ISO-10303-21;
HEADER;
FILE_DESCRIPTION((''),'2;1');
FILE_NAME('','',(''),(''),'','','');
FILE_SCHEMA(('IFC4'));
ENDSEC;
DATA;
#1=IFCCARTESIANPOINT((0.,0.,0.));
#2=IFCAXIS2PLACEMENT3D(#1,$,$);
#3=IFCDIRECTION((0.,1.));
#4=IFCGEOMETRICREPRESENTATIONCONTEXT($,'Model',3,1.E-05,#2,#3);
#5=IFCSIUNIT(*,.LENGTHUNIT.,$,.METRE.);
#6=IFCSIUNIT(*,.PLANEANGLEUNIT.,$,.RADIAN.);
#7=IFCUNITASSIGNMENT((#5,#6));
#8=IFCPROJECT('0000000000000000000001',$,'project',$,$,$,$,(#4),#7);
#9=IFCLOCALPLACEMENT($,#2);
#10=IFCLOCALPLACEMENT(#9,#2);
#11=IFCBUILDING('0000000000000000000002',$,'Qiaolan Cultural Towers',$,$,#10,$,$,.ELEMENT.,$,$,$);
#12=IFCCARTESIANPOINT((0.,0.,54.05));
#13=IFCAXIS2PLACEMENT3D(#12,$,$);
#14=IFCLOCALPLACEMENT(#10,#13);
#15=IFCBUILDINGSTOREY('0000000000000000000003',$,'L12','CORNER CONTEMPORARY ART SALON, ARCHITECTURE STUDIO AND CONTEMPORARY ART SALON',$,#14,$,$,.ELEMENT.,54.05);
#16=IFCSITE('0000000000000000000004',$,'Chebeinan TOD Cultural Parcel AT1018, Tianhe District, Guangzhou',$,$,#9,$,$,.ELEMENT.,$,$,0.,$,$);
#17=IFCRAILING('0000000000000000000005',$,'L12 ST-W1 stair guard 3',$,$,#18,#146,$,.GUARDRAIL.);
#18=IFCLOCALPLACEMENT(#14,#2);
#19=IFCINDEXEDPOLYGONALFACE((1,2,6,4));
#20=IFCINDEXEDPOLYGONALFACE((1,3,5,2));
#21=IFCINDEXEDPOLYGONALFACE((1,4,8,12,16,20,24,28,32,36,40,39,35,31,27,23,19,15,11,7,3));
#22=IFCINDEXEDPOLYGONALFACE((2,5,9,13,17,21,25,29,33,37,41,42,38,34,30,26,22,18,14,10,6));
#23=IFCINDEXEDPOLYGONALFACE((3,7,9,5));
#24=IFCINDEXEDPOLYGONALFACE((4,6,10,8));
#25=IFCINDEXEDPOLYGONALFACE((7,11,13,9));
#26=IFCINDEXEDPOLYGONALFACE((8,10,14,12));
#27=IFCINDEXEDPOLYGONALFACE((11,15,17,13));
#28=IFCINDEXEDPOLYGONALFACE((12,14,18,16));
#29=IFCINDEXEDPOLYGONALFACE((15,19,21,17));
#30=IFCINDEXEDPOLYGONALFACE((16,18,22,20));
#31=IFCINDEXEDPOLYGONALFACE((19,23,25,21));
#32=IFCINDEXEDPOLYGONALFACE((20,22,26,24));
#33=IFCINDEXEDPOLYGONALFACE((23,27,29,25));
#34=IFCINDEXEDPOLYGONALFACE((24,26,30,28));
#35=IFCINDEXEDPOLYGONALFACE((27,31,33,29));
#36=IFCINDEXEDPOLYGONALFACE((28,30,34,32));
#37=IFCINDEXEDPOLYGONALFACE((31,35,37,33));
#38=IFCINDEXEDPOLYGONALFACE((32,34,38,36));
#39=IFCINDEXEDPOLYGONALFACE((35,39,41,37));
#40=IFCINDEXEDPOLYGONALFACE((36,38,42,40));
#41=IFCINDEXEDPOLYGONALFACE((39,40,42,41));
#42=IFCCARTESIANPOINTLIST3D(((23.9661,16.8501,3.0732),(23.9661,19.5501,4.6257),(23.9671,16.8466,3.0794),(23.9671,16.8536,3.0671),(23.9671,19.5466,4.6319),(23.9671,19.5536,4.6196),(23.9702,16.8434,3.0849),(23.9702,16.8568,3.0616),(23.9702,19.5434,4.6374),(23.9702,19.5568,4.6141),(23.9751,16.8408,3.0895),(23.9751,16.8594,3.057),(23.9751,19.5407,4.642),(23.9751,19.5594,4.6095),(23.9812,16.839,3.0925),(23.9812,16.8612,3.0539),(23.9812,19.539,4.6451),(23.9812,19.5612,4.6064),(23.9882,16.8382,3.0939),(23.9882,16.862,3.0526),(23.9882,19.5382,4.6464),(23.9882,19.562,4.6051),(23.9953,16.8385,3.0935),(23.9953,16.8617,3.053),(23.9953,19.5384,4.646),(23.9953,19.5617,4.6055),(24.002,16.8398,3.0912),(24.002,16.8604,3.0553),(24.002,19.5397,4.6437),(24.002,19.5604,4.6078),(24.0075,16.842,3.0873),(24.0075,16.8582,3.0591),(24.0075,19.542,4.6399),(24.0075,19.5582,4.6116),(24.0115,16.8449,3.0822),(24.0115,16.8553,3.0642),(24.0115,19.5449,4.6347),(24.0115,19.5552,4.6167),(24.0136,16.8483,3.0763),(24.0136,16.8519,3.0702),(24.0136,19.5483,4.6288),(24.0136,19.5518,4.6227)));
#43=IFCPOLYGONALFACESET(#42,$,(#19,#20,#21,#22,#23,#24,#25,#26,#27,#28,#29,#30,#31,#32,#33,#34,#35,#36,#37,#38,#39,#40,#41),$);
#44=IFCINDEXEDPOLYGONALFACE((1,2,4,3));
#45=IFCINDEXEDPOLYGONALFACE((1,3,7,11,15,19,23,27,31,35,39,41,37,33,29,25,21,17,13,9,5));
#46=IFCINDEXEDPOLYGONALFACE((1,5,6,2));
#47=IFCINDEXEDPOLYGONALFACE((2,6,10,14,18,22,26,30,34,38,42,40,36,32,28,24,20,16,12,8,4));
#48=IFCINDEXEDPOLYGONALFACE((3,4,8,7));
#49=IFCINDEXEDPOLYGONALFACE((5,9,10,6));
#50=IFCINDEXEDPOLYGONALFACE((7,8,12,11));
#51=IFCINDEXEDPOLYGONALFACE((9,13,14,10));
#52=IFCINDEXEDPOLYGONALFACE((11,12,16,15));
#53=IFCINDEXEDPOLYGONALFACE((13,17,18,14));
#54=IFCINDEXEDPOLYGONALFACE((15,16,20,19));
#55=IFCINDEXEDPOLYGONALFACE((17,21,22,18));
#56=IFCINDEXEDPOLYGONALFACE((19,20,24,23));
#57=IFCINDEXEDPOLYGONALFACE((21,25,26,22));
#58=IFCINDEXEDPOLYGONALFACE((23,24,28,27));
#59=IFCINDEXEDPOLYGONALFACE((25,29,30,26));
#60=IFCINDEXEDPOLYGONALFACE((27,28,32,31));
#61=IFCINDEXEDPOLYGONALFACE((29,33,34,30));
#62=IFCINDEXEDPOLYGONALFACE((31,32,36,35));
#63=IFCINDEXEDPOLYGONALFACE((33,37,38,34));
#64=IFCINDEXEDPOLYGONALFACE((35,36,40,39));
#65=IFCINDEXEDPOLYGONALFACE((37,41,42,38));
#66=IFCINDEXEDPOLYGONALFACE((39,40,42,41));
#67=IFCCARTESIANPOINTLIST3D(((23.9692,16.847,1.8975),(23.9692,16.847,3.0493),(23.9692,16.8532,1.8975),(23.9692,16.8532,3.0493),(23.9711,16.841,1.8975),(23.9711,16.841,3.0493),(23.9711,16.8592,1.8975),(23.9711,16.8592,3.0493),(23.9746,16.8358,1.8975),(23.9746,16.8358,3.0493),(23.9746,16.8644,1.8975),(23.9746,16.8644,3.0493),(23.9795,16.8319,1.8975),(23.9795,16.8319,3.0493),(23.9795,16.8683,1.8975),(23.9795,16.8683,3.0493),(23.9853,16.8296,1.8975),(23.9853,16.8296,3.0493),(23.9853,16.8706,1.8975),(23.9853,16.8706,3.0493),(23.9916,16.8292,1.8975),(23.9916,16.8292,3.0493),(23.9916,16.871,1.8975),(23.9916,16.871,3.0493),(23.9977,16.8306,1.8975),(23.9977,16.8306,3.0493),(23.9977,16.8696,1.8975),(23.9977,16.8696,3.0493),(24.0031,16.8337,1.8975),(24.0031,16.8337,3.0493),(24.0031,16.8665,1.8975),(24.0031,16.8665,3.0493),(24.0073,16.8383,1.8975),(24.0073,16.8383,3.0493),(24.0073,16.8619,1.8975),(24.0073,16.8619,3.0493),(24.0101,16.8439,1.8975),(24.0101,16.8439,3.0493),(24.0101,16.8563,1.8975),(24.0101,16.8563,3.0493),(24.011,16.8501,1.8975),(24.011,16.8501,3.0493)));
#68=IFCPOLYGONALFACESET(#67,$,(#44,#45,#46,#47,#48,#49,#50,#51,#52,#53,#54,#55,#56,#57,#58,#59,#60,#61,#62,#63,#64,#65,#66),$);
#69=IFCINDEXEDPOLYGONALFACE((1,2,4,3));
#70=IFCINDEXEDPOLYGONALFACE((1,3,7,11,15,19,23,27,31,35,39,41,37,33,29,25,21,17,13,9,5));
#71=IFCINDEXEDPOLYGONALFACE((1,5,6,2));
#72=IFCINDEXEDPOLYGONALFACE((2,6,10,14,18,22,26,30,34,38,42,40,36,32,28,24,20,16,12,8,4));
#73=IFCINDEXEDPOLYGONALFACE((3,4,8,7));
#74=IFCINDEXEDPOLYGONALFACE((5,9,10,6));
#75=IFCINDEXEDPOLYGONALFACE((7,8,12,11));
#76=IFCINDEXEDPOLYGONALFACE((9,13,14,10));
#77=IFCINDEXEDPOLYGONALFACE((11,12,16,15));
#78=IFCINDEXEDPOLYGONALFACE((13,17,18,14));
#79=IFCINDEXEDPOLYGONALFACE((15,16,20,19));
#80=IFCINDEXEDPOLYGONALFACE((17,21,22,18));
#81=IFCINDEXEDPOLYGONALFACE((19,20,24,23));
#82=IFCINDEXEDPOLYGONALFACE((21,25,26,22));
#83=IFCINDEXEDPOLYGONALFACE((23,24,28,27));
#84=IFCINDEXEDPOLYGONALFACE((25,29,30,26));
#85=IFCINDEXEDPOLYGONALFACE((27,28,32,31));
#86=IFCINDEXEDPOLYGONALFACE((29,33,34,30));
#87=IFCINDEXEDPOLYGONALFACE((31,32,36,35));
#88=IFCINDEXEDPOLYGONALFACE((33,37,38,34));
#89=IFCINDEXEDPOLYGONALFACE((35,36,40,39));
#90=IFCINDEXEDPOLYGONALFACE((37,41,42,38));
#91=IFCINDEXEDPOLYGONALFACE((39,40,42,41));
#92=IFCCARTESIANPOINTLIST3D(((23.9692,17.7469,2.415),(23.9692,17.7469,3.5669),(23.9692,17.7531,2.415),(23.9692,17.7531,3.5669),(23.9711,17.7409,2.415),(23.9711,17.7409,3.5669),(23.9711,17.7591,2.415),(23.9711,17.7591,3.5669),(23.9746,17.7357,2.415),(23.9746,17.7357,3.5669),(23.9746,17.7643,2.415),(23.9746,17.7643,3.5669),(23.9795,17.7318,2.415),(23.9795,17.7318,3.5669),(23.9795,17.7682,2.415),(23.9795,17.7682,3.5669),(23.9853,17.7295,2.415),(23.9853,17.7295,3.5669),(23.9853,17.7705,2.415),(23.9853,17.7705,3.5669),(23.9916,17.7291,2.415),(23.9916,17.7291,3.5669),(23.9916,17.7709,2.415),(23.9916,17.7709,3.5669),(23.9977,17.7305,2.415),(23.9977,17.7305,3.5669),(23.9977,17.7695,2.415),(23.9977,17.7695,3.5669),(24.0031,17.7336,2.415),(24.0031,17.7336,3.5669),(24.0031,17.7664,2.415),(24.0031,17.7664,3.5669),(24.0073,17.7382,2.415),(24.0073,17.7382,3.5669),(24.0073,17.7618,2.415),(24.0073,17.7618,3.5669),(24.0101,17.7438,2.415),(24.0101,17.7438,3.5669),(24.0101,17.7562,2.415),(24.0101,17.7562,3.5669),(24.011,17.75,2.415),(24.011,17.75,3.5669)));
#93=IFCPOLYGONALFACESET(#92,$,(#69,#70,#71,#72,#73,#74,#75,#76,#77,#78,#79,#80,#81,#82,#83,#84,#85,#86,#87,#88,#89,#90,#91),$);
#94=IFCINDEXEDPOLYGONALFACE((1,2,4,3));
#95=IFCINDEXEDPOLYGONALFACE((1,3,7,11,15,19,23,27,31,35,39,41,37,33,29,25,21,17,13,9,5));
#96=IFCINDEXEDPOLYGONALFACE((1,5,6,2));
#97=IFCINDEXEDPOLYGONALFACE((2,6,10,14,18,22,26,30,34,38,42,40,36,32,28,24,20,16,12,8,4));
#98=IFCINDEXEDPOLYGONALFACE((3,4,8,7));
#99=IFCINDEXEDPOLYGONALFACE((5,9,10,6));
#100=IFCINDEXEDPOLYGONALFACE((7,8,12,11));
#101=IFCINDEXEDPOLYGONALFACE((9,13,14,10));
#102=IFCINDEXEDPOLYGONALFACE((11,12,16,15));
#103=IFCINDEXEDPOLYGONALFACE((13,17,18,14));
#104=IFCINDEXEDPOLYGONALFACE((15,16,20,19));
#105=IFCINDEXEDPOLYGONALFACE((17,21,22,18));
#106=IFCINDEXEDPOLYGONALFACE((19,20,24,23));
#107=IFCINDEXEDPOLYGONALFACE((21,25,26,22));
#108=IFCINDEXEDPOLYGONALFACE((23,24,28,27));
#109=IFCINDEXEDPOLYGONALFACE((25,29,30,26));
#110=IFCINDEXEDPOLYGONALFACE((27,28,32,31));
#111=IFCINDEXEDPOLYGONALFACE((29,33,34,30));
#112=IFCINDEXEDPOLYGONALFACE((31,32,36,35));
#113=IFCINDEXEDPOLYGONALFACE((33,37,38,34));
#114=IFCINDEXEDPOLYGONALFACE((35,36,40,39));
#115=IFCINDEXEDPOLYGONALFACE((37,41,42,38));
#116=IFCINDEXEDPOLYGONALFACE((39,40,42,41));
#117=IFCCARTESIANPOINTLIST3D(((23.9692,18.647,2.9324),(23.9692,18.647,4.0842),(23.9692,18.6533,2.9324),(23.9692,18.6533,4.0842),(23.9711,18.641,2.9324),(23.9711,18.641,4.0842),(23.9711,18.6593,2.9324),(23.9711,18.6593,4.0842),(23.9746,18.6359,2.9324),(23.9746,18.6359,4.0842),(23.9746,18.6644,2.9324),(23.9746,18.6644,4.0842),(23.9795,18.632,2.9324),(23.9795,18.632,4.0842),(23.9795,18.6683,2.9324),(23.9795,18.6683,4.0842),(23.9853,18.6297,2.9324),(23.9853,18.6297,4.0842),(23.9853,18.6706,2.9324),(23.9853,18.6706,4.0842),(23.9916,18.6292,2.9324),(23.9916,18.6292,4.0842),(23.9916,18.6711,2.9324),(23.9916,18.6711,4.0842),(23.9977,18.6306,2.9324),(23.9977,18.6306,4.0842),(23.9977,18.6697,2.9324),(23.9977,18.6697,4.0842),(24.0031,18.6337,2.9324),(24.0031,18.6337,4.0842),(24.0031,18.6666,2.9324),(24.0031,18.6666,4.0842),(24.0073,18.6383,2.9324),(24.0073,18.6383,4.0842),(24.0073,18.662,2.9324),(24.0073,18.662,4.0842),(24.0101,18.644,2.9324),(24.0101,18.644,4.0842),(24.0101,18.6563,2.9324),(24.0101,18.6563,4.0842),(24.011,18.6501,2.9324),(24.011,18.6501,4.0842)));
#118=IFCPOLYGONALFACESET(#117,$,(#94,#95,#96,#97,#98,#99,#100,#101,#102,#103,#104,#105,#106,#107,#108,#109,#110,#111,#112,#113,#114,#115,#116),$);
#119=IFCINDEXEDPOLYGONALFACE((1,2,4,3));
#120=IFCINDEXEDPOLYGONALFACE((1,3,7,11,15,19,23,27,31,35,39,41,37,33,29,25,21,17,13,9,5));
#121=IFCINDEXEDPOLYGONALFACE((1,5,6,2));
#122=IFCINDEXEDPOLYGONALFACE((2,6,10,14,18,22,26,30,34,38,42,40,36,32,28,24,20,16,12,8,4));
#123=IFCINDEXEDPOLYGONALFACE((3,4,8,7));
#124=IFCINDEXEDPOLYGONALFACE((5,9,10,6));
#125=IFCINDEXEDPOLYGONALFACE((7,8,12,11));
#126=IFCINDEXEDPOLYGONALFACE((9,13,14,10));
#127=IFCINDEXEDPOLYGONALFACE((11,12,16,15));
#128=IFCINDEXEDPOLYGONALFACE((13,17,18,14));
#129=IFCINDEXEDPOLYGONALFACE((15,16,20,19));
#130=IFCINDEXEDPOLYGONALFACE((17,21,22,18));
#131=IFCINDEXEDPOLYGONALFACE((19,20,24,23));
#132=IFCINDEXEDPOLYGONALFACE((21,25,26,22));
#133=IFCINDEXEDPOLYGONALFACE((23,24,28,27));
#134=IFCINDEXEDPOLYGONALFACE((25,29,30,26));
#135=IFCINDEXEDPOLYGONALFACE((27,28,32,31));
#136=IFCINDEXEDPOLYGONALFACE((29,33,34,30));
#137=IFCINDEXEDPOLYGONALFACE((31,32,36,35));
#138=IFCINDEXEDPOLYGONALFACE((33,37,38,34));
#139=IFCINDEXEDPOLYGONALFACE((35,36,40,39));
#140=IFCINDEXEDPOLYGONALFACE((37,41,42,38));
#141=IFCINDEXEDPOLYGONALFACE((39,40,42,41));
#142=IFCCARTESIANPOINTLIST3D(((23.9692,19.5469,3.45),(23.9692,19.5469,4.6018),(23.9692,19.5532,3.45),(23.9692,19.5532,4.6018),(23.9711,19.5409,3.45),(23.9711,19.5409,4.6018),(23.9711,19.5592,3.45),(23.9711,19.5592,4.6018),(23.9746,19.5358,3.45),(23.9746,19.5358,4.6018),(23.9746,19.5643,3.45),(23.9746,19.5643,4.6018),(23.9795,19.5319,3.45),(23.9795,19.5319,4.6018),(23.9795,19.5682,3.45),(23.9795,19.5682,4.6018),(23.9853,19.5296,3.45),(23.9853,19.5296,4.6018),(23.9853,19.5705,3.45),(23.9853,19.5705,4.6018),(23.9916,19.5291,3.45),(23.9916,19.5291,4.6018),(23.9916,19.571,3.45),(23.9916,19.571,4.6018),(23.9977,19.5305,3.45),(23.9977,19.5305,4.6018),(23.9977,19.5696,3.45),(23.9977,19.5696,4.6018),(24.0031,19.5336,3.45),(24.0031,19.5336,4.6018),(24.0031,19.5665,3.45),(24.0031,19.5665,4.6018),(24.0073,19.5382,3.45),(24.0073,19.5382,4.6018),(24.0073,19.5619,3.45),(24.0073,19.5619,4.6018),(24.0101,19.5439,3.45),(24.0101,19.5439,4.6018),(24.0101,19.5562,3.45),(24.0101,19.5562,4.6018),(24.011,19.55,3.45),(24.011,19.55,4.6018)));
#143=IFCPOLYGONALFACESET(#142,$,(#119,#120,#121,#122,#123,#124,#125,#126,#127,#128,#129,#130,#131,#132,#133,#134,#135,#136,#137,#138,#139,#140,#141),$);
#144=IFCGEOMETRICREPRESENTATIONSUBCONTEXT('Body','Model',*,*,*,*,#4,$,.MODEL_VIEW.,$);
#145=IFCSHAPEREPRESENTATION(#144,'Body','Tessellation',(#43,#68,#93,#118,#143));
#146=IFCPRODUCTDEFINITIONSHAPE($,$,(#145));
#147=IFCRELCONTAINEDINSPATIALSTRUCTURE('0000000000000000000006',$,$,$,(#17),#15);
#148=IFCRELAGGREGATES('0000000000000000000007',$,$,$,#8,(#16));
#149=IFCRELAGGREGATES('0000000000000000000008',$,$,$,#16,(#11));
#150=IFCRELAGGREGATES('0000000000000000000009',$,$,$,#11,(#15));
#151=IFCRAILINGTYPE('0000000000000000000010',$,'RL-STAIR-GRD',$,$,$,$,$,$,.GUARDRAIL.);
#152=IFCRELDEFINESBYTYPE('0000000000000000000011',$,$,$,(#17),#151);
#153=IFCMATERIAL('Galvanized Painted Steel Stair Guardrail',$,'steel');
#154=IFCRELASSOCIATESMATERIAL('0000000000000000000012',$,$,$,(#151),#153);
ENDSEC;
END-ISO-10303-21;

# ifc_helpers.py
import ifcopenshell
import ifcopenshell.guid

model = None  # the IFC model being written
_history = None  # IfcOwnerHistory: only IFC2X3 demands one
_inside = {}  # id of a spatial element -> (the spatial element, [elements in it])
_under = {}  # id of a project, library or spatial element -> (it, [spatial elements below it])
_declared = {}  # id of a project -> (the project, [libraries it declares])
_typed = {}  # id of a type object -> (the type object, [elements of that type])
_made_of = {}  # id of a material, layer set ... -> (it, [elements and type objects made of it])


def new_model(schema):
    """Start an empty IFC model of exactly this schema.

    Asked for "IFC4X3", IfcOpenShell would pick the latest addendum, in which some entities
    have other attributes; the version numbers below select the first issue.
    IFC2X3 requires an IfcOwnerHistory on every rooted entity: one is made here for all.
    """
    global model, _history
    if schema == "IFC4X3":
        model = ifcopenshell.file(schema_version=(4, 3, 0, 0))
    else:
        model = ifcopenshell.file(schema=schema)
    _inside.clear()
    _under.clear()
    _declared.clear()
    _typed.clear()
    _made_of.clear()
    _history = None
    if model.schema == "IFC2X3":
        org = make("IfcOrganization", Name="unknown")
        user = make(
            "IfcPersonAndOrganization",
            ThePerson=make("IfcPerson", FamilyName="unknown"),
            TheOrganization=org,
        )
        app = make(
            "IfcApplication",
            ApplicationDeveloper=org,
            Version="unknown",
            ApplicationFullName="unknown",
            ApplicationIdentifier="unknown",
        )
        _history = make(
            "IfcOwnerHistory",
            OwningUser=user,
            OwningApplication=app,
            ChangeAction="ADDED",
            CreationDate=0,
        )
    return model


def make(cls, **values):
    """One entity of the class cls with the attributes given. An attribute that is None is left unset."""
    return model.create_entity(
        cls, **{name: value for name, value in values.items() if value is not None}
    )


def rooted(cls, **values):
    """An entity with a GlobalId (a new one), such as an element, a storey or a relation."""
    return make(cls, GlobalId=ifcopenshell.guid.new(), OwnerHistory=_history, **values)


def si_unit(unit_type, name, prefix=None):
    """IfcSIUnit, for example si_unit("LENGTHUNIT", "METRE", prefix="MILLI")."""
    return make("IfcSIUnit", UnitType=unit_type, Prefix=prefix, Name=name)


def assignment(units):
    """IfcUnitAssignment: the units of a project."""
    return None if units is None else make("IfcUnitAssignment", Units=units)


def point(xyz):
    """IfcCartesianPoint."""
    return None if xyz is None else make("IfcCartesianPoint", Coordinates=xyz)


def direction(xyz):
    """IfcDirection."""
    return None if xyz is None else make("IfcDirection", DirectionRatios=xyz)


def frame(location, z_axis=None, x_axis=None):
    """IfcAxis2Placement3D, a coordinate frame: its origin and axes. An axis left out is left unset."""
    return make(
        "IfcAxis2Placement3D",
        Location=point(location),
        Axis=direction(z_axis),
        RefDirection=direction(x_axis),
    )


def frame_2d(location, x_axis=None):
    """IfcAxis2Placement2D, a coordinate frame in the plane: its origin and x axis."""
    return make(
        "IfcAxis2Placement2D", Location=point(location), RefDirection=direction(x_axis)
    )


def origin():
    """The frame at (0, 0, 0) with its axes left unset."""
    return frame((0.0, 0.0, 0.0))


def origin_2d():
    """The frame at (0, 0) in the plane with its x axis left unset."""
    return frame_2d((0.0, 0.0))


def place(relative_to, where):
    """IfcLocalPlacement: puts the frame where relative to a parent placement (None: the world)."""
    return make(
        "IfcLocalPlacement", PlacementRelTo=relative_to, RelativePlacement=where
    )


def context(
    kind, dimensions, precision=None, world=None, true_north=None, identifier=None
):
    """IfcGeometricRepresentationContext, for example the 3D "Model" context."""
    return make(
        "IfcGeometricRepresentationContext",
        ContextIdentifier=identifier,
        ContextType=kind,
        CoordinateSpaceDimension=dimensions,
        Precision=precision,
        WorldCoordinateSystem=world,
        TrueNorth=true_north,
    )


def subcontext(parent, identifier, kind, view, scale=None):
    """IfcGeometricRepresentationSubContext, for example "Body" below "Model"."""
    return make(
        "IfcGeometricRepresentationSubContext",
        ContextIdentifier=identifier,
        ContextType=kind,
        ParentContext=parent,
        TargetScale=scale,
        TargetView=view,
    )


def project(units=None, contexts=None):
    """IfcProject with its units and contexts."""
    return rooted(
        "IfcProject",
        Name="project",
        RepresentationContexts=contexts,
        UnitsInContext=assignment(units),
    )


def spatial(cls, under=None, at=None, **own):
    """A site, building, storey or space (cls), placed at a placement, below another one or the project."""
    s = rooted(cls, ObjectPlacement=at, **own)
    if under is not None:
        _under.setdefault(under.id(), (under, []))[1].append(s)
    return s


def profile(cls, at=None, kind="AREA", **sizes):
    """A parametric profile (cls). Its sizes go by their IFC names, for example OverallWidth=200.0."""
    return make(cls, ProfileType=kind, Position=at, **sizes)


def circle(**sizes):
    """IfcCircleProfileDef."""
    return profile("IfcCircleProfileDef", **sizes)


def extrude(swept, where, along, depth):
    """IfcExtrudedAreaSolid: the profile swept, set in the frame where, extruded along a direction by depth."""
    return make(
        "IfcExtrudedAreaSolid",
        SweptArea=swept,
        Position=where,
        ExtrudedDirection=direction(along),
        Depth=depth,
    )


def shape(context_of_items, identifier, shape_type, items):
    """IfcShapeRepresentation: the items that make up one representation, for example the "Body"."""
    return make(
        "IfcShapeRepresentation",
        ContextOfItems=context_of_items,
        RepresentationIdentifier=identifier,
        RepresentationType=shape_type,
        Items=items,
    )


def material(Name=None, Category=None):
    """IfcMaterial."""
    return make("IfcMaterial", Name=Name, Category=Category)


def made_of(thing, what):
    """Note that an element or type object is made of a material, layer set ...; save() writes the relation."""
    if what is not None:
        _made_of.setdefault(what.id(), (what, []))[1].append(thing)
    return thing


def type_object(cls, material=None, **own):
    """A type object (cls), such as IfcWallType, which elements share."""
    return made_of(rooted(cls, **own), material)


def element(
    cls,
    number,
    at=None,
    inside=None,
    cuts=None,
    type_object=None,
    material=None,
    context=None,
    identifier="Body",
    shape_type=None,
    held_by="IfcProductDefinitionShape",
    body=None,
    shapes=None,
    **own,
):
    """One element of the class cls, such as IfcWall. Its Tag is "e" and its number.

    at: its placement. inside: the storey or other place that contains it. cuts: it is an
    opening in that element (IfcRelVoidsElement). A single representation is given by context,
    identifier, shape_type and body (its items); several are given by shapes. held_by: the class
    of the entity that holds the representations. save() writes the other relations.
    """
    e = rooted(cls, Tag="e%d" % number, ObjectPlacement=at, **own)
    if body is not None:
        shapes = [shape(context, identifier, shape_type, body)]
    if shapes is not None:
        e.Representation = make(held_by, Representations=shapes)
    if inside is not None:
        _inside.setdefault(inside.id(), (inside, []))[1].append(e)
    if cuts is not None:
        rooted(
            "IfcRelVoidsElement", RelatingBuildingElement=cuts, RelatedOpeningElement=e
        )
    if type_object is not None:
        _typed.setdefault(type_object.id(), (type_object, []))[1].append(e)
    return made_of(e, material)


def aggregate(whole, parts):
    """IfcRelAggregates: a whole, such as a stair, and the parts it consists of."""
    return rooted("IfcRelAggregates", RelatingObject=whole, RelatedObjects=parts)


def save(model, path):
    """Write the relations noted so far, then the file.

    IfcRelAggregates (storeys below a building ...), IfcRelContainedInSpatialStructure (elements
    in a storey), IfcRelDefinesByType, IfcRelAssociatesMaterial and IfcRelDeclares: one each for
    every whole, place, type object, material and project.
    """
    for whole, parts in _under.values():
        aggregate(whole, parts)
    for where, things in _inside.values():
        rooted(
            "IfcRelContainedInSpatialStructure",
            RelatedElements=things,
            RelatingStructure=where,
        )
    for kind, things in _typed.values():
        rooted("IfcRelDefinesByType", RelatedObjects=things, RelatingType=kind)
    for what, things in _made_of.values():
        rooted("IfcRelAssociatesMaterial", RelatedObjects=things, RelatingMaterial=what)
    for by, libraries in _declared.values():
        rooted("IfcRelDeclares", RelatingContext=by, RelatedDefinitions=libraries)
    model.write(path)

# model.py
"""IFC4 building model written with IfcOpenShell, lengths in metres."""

from ifc_helpers import new_model, si_unit, direction, frame, origin, origin_2d, place, context, subcontext, project, spatial, circle, extrude, material, type_object, element, save


model = new_model("IFC4")

# Units and contexts
model_context = context("Model", 3, precision=1e-05, world=origin(), true_north=direction((0.0, 1.0)))
body_context = subcontext(model_context, "Body", "Model", "MODEL_VIEW")
ifc_project = project(units=[si_unit("LENGTHUNIT", "METRE"), si_unit("PLANEANGLEUNIT", "RADIAN")], contexts=[model_context])

# Site, building, storey
site_placement = place(None, origin())
site = spatial("IfcSite", under=ifc_project, at=site_placement, Name="Chebeinan TOD Cultural Parcel AT1018, Tianhe District, Guangzhou", CompositionType="ELEMENT", RefElevation=0.0)
building_placement = place(site_placement, origin())
building = spatial("IfcBuilding", under=site, at=building_placement, Name="Qiaolan Cultural Towers", CompositionType="ELEMENT")
storey_placement = place(building_placement, frame((0.0, 0.0, 54.05)))
storey = spatial("IfcBuildingStorey", under=building, at=storey_placement, Name="L12", Description="CORNER CONTEMPORARY ART SALON, ARCHITECTURE STUDIO AND CONTEMPORARY ART SALON", CompositionType="ELEMENT", Elevation=54.05)

# Railing
ifc_material_1 = material(Name="Galvanized Painted Steel Stair Guardrail", Category="steel")
railing_type_1 = type_object("IfcRailingType", Name="RL-STAIR-GRD", PredefinedType="GUARDRAIL", material=ifc_material_1)
railing_1_placement = place(storey_placement, frame((23.99, 16.8501, 1.8975)))
element("IfcRailing", 1, at=railing_1_placement, inside=storey, type_object=railing_type_1, Name="L12 ST-W1 stair guard 3", PredefinedType="GUARDRAIL", context=body_context, shape_type="SweptSolid", body=[
    extrude(circle(Radius=0.0239, at=origin_2d()), frame((0.0, 0.0, 1.1758), z_axis=(0.0, 0.866904, 0.498476), x_axis=(-1.0, 0.0, 0.0)), (0.0, 0.0, 1.0), 3.1145),
    extrude(circle(Radius=0.021, at=origin_2d()), origin(), (0.0, 0.0, 1.0), 1.1519),
    extrude(circle(Radius=0.021, at=origin_2d()), frame((0.0, 0.8999, 0.5176)), (0.0, 0.0, 1.0), 1.1519),
    extrude(circle(Radius=0.021, at=origin_2d()), frame((0.0, 1.8, 1.0349)), (0.0, 0.0, 1.0), 1.1519),
    extrude(circle(Radius=0.021, at=origin_2d()), frame((0.0, 2.7, 1.5525)), (0.0, 0.0, 1.0), 1.1519),
])

save(model, "model.ifc")
